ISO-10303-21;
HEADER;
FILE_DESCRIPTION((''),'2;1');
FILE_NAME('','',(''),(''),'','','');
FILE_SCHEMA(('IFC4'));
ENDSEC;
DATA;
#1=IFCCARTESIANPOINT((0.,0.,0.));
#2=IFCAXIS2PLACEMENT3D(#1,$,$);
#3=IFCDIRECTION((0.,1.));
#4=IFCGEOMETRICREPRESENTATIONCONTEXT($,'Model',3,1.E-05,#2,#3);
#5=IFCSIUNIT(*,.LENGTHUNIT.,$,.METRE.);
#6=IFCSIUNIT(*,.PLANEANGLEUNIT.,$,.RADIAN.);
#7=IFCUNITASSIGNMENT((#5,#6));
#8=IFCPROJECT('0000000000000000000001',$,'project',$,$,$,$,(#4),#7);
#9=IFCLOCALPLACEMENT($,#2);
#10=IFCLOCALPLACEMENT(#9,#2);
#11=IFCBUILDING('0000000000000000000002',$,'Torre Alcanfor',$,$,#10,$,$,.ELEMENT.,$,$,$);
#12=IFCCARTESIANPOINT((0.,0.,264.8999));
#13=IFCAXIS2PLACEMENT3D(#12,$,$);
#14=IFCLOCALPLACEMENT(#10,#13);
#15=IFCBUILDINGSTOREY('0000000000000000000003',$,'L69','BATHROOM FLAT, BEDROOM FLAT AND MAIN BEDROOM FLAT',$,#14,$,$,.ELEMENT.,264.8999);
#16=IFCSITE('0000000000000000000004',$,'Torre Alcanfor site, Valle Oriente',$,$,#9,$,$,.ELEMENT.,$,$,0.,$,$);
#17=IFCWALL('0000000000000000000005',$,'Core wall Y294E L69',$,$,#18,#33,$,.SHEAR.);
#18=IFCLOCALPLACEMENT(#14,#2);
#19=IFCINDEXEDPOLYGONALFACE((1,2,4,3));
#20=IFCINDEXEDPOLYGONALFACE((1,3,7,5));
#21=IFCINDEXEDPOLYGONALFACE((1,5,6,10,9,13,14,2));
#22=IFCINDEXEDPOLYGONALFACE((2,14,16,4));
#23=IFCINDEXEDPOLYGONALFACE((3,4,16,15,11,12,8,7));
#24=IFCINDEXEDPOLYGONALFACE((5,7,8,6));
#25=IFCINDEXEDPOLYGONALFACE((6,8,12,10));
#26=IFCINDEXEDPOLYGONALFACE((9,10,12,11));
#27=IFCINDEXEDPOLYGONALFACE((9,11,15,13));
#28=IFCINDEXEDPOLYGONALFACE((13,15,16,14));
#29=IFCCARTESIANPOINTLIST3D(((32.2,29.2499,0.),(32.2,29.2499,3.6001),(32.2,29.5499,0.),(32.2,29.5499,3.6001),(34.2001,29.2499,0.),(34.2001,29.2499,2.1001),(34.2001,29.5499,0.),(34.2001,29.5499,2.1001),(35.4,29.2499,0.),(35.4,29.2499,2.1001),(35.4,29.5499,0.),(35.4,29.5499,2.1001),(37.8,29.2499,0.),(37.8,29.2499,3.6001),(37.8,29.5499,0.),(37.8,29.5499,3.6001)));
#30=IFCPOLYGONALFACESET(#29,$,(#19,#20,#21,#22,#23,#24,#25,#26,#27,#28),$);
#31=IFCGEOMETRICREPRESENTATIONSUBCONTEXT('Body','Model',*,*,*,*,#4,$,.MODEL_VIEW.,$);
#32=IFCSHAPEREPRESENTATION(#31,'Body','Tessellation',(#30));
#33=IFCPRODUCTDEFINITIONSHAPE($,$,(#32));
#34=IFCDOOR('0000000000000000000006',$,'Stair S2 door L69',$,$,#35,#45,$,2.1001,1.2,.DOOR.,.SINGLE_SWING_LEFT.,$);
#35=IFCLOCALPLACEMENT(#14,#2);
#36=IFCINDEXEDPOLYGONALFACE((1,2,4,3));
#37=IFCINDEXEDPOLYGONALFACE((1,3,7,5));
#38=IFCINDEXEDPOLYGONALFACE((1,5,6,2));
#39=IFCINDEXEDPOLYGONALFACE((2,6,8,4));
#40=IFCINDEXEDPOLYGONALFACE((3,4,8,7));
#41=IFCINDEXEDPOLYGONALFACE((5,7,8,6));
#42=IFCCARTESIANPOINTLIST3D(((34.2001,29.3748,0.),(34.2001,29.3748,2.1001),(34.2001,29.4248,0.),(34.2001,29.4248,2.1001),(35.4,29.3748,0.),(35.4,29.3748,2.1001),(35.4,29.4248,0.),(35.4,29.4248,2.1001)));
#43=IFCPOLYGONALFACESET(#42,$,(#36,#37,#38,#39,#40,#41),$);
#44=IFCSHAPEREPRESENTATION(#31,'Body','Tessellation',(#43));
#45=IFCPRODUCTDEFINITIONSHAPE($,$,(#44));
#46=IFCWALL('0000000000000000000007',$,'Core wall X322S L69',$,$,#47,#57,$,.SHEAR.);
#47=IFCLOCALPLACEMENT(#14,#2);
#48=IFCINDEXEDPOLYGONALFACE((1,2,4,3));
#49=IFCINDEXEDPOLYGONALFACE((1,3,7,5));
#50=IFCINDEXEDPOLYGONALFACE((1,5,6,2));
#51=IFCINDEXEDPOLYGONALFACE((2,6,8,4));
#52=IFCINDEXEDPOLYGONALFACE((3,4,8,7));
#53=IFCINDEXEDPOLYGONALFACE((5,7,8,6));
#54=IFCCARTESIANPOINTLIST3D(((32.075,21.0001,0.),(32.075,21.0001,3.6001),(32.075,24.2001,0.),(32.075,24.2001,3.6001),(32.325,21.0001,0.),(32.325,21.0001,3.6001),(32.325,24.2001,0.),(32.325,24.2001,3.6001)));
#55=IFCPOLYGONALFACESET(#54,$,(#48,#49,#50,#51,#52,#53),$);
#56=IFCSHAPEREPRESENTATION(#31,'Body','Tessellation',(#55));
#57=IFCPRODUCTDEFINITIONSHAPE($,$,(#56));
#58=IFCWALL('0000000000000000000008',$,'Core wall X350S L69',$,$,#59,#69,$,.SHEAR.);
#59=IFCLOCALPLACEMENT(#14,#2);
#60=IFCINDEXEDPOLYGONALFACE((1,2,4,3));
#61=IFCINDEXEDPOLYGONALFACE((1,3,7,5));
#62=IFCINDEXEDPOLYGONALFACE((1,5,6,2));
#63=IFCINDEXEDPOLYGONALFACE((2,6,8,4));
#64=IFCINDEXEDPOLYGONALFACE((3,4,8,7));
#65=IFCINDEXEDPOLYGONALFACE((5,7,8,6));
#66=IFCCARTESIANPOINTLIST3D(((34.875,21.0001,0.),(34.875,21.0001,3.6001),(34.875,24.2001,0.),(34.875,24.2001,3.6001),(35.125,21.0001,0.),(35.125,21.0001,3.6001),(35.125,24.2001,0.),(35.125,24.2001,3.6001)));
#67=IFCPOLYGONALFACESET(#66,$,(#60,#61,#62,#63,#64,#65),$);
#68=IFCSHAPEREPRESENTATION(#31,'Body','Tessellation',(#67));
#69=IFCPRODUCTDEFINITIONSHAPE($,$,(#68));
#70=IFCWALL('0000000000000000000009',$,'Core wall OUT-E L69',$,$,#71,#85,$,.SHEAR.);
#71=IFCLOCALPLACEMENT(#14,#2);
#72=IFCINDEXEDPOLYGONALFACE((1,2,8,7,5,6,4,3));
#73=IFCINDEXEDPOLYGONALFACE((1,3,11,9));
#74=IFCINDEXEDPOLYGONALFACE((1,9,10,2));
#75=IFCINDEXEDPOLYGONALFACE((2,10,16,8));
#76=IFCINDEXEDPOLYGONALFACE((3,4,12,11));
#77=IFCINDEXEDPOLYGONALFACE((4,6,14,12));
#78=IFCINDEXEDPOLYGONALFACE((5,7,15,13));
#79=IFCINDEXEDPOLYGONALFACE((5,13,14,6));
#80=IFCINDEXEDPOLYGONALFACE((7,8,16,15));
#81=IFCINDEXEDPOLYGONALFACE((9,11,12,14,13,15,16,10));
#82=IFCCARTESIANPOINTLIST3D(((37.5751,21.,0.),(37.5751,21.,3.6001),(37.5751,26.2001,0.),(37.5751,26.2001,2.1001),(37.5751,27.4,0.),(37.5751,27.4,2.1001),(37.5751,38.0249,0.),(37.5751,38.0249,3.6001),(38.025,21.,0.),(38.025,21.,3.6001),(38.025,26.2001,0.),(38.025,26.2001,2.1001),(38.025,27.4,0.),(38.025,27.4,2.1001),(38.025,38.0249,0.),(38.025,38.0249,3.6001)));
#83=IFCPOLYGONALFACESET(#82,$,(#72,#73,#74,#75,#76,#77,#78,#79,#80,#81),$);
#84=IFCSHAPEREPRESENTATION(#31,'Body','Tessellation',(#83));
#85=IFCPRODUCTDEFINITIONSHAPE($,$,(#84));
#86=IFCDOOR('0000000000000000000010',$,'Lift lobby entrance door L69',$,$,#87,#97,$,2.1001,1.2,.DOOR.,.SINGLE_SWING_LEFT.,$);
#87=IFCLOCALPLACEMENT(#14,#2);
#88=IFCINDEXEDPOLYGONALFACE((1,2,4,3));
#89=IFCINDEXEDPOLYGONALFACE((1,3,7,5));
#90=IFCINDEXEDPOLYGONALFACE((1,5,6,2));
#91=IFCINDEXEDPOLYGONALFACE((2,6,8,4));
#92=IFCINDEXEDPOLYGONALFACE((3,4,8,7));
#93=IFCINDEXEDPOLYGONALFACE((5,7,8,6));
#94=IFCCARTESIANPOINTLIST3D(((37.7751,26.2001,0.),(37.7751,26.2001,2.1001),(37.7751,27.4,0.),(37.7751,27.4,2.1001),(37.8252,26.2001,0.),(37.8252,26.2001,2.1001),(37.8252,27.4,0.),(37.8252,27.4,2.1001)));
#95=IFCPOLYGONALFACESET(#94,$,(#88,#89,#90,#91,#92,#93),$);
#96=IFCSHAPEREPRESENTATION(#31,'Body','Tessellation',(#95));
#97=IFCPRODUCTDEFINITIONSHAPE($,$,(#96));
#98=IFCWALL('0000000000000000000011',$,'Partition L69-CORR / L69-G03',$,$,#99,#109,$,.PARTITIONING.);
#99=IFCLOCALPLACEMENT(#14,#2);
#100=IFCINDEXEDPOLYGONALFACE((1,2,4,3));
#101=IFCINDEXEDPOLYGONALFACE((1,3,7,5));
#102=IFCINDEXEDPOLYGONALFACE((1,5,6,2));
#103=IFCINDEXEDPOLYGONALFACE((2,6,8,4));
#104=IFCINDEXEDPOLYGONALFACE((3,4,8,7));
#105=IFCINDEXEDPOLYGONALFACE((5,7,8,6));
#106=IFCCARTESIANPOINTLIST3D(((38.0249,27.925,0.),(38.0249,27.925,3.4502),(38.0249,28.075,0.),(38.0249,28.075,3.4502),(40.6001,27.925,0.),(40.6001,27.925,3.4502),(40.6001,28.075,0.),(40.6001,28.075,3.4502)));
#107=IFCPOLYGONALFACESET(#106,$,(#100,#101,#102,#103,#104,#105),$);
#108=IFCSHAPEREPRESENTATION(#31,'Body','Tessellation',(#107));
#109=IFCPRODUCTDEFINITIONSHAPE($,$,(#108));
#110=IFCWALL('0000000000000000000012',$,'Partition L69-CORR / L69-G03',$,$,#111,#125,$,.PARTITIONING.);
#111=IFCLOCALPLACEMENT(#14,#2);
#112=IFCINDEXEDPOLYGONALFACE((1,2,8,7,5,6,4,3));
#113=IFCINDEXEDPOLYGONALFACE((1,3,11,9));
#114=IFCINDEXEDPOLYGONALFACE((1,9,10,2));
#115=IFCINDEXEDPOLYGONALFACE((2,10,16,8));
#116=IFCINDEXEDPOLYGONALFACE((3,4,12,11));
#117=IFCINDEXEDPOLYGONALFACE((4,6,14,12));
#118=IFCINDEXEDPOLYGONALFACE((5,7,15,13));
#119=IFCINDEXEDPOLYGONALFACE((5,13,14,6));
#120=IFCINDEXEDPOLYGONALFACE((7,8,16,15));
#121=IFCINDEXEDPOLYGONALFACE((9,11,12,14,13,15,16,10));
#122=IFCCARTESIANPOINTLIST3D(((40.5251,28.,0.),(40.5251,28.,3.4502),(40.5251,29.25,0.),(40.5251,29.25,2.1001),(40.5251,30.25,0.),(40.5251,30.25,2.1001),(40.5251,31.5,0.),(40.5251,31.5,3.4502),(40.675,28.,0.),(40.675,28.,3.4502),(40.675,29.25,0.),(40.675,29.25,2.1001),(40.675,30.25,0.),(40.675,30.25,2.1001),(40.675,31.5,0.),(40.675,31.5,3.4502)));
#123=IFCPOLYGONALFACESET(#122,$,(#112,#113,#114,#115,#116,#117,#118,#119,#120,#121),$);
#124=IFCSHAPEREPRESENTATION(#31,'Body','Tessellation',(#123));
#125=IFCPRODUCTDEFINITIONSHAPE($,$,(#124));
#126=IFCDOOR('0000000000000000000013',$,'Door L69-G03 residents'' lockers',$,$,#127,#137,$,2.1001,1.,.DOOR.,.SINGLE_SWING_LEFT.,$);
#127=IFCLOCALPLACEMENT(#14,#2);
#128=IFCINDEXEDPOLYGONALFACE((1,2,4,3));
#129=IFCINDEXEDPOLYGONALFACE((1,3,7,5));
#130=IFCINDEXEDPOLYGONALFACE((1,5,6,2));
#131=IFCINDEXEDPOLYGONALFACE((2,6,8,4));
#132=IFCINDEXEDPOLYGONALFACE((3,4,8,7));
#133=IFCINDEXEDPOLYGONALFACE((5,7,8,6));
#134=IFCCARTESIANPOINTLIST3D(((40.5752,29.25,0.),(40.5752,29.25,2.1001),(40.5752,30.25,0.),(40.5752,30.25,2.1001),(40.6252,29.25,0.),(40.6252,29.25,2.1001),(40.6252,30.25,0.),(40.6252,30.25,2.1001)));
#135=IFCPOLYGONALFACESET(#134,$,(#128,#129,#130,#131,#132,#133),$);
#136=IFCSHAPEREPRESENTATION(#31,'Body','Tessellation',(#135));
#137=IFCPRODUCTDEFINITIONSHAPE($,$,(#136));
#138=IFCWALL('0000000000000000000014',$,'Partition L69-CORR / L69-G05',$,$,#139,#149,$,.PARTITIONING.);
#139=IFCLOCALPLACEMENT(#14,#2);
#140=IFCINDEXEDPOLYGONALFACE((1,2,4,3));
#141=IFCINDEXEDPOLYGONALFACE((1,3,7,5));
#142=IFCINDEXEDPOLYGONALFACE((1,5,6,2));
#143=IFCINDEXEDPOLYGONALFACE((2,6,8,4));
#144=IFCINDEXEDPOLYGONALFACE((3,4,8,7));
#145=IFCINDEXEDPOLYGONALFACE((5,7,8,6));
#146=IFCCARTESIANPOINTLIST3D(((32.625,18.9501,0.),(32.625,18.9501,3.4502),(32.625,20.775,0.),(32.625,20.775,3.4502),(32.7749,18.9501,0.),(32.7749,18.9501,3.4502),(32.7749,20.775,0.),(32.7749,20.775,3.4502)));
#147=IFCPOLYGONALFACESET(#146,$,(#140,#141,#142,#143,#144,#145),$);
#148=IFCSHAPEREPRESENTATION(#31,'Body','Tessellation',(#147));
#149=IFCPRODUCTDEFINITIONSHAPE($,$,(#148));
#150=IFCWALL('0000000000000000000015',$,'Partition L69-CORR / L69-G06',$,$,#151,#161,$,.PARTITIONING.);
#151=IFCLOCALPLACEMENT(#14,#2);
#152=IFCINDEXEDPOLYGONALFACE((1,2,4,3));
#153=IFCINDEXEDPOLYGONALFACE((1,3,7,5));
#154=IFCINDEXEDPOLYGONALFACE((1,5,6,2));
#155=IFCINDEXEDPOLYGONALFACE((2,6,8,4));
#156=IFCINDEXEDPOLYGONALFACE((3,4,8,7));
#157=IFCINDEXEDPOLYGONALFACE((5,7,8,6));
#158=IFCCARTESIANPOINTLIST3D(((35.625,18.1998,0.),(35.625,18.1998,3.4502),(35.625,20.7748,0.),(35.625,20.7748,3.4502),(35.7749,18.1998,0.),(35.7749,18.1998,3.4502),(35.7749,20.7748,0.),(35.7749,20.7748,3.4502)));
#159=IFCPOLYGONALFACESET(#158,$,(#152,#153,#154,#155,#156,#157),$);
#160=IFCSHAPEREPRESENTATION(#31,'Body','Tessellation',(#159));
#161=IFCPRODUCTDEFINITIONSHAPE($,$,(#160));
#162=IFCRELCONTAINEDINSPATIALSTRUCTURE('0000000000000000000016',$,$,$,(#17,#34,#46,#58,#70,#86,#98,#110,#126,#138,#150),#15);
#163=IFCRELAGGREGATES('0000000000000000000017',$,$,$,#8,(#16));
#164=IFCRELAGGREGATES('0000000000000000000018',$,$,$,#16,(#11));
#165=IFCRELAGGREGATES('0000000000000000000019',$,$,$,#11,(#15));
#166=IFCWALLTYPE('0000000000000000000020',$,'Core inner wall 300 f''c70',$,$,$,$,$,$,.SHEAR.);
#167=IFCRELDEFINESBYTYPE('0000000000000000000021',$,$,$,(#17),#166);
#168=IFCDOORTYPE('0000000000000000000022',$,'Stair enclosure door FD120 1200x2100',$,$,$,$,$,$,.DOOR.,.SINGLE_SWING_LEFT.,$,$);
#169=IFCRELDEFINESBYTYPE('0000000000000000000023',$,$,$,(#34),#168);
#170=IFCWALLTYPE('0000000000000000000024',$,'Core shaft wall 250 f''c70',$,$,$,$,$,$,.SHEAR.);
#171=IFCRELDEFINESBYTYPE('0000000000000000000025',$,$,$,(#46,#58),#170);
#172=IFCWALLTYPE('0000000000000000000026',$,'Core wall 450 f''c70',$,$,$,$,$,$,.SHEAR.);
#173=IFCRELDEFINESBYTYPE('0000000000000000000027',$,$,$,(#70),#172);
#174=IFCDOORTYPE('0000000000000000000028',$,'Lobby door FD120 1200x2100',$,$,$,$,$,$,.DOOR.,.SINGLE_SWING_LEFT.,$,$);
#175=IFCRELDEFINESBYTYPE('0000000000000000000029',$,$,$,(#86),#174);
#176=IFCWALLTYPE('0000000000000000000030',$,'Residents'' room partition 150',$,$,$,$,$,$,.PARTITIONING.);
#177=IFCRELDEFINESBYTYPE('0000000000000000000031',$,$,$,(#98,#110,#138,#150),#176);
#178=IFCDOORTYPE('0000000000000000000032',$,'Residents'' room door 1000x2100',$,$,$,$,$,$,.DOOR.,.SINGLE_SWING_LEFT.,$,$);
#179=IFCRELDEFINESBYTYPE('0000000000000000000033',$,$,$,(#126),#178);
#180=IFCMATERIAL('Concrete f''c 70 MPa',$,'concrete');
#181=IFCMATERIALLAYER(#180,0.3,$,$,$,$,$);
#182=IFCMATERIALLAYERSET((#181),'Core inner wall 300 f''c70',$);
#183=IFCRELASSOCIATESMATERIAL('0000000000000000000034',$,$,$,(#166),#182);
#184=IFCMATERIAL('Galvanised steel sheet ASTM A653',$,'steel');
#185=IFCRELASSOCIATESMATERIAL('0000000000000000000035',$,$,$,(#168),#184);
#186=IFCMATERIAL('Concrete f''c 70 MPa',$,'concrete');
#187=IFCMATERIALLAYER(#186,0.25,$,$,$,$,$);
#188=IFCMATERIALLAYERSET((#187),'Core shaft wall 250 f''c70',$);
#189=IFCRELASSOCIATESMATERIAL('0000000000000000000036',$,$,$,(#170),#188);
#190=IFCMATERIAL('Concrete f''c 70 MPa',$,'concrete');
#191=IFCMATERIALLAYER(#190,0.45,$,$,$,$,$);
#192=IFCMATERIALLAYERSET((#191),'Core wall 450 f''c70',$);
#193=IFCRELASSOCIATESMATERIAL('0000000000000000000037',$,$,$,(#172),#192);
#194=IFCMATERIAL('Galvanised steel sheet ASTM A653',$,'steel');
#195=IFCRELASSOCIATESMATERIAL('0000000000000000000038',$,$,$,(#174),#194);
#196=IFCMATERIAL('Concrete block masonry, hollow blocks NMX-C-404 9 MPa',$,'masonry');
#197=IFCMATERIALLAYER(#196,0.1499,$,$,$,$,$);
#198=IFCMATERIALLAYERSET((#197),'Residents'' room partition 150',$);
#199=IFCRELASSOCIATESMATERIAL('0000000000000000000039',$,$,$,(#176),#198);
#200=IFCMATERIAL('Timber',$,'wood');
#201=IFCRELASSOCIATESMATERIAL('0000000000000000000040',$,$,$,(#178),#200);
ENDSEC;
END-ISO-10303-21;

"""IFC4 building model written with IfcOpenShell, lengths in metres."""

from ifc_helpers import new_model, si_unit, direction, frame, frame_2d, origin, place, context, subcontext, project, spatial, rectangle, extrude, material, layer, layer_set, type_object, element, fill, save


model = new_model("IFC4")

# Units and contexts
model_context = context("Model", 3, precision=1e-05, world=origin(), true_north=direction((0.0, 1.0)))
body_context = subcontext(model_context, "Body", "Model", "MODEL_VIEW")
ifc_project = project(units=[si_unit("LENGTHUNIT", "METRE"), si_unit("PLANEANGLEUNIT", "RADIAN")], contexts=[model_context])

# Site, building, storey
site_placement = place(None, origin())
site = spatial("IfcSite", under=ifc_project, at=site_placement, Name="Torre Alcanfor site, Valle Oriente", CompositionType="ELEMENT", RefElevation=0.0)
building_placement = place(site_placement, origin())
building = spatial("IfcBuilding", under=site, at=building_placement, Name="Torre Alcanfor", CompositionType="ELEMENT")
storey_placement = place(building_placement, frame((0.0, 0.0, 264.8999)))
storey = spatial("IfcBuildingStorey", under=building, at=storey_placement, Name="L69", Description="BATHROOM FLAT, BEDROOM FLAT AND MAIN BEDROOM FLAT", CompositionType="ELEMENT", Elevation=264.8999)

# Shared definitions
ifc_material_1 = material(Name="Concrete f'c 70 MPa", Category="concrete")
ifc_layer_1 = layer(ifc_material_1, 0.3)
ifc_layer_set_1 = layer_set([ifc_layer_1], Name="Core inner wall 300 f'c70")
wall_type_1 = type_object("IfcWallType", Name="Core inner wall 300 f'c70", PredefinedType="SHEAR", material=ifc_layer_set_1)

# Wall, opening, door
wall_1_placement = place(storey_placement, frame((32.2, 29.3999, 0.0), z_axis=(0.0, 0.0, 1.0), x_axis=(1.0, 0.0, 0.0)))
wall_1 = element("IfcWall", 1, at=wall_1_placement, inside=storey, type_object=wall_type_1, Name="Core wall Y294E L69", PredefinedType="SHEAR", context=body_context, shape_type="SweptSolid", body=[
    extrude(rectangle(XDim=5.6001, YDim=0.3, at=frame_2d((2.8, 0.0))), origin(), (0.0, 0.0, 1.0), 3.6001),
])
opening_1_placement = place(wall_1_placement, frame((2.0, 0.0, 0.0)))
opening_1 = element("IfcOpeningElement", 2, at=opening_1_placement, cuts=wall_1, PredefinedType="OPENING", context=body_context, shape_type="SweptSolid", body=[
    extrude(rectangle(XDim=1.2, YDim=2.1001, at=frame_2d((0.6001, 1.05))), frame((0.0, 0.1599, 0.0), z_axis=(0.0, -1.0, 0.0), x_axis=(1.0, 0.0, 0.0)), (0.0, 0.0, 1.0), 0.3201),
])
ifc_material_2 = material(Name="Galvanised steel sheet ASTM A653", Category="steel")
door_type_1 = type_object("IfcDoorType", Name="Stair enclosure door FD120 1200x2100", OperationType="SINGLE_SWING_LEFT", PredefinedType="DOOR", material=ifc_material_2)
door_1_placement = place(opening_1_placement, origin())
door_1 = element("IfcDoor", 3, at=door_1_placement, inside=storey, type_object=door_type_1, Name="Stair S2 door L69", OperationType="SINGLE_SWING_LEFT", OverallHeight=2.1001, OverallWidth=1.2, PredefinedType="DOOR", context=body_context, shape_type="SweptSolid", body=[
    extrude(rectangle(XDim=1.2, YDim=2.1001, at=frame_2d((0.6001, 1.05))), frame((0.0, 0.0249, 0.0), z_axis=(0.0, -1.0, 0.0), x_axis=(1.0, 0.0, 0.0)), (0.0, 0.0, 1.0), 0.05),
])
fill(opening_1, door_1)

# Walls
ifc_material_3 = material(Name="Concrete f'c 70 MPa", Category="concrete")
ifc_layer_2 = layer(ifc_material_3, 0.25)
ifc_layer_set_2 = layer_set([ifc_layer_2], Name="Core shaft wall 250 f'c70")
wall_type_2 = type_object("IfcWallType", Name="Core shaft wall 250 f'c70", PredefinedType="SHEAR", material=ifc_layer_set_2)
for number, where, z_axis, x_axis, name in (
    (4, (32.2, 21.0, 0.0), (0.0, 0.0, 1.0), (0.0, 1.0, 0.0), "Core wall X322S L69"),
    (5, (35.0, 21.0, 0.0), (0.0, 0.0, 1.0), (0.0, 1.0, 0.0), "Core wall X350S L69"),
):
    element("IfcWall", number, at=place(storey_placement, frame(where, z_axis=z_axis, x_axis=x_axis)), inside=storey, type_object=wall_type_2, Name=name, PredefinedType="SHEAR", context=body_context, shape_type="SweptSolid", body=[
        extrude(rectangle(XDim=3.2, YDim=0.25, at=frame_2d((1.6001, 0.0))), origin(), (0.0, 0.0, 1.0), 3.6001),
    ])

# Wall, opening, door
ifc_material_4 = material(Name="Concrete f'c 70 MPa", Category="concrete")
ifc_layer_3 = layer(ifc_material_4, 0.45)
ifc_layer_set_3 = layer_set([ifc_layer_3], Name="Core wall 450 f'c70")
wall_type_3 = type_object("IfcWallType", Name="Core wall 450 f'c70", PredefinedType="SHEAR", material=ifc_layer_set_3)
wall_2_placement = place(storey_placement, frame((37.8, 21.0, 0.0), z_axis=(0.0, 0.0, 1.0), x_axis=(0.0, 1.0, 0.0)))
wall_2 = element("IfcWall", 6, at=wall_2_placement, inside=storey, type_object=wall_type_3, Name="Core wall OUT-E L69", PredefinedType="SHEAR", context=body_context, shape_type="SweptSolid", body=[
    extrude(rectangle(XDim=17.0249, YDim=0.45, at=frame_2d((8.5125, 0.0))), origin(), (0.0, 0.0, 1.0), 3.6001),
])
opening_2_placement = place(wall_2_placement, frame((5.2, 0.0, 0.0)))
opening_2 = element("IfcOpeningElement", 7, at=opening_2_placement, cuts=wall_2, PredefinedType="OPENING", context=body_context, shape_type="SweptSolid", body=[
    extrude(rectangle(XDim=1.2, YDim=2.1001, at=frame_2d((0.6001, 1.05))), frame((0.0, 0.2349, 0.0), z_axis=(0.0, -1.0, 0.0), x_axis=(1.0, 0.0, 0.0)), (0.0, 0.0, 1.0), 0.47),
])
ifc_material_5 = material(Name="Galvanised steel sheet ASTM A653", Category="steel")
door_type_2 = type_object("IfcDoorType", Name="Lobby door FD120 1200x2100", OperationType="SINGLE_SWING_LEFT", PredefinedType="DOOR", material=ifc_material_5)
door_2_placement = place(opening_2_placement, origin())
door_2 = element("IfcDoor", 8, at=door_2_placement, inside=storey, type_object=door_type_2, Name="Lift lobby entrance door L69", OperationType="SINGLE_SWING_LEFT", OverallHeight=2.1001, OverallWidth=1.2, PredefinedType="DOOR", context=body_context, shape_type="SweptSolid", body=[
    extrude(rectangle(XDim=1.2, YDim=2.1001, at=frame_2d((0.6001, 1.05))), frame((0.0, 0.0249, 0.0), z_axis=(0.0, -1.0, 0.0), x_axis=(1.0, 0.0, 0.0)), (0.0, 0.0, 1.0), 0.05),
])
fill(opening_2, door_2)

# Wall
ifc_material_6 = material(Name="Concrete block masonry, hollow blocks NMX-C-404 9 MPa", Category="masonry")
ifc_layer_4 = layer(ifc_material_6, 0.1499)
ifc_layer_set_4 = layer_set([ifc_layer_4], Name="Residents' room partition 150")
wall_type_4 = type_object("IfcWallType", Name="Residents' room partition 150", PredefinedType="PARTITIONING", material=ifc_layer_set_4)
wall_3_placement = place(storey_placement, frame((38.0249, 28.0, 0.0), z_axis=(0.0, 0.0, 1.0), x_axis=(1.0, 0.0, 0.0)))
element("IfcWall", 9, at=wall_3_placement, inside=storey, type_object=wall_type_4, Name="Partition L69-CORR / L69-G03", PredefinedType="PARTITIONING", context=body_context, shape_type="SweptSolid", body=[
    extrude(rectangle(XDim=2.5752, YDim=0.1499, at=frame_2d((1.2876, 0.0))), origin(), (0.0, 0.0, 1.0), 3.4502),
])

# Wall, opening, door
wall_4_placement = place(storey_placement, frame((40.6001, 28.0, 0.0), z_axis=(0.0, 0.0, 1.0), x_axis=(0.0, 1.0, 0.0)))
wall_4 = element("IfcWall", 10, at=wall_4_placement, inside=storey, type_object=wall_type_4, Name="Partition L69-CORR / L69-G03", PredefinedType="PARTITIONING", context=body_context, shape_type="SweptSolid", body=[
    extrude(rectangle(XDim=3.5, YDim=0.1499, at=frame_2d((1.75, 0.0))), origin(), (0.0, 0.0, 1.0), 3.4502),
])
opening_3_placement = place(wall_4_placement, frame((1.25, 0.0, 0.0)))
opening_3 = element("IfcOpeningElement", 11, at=opening_3_placement, cuts=wall_4, PredefinedType="OPENING", context=body_context, shape_type="SweptSolid", body=[
    extrude(rectangle(XDim=1.0, YDim=2.1001, at=frame_2d((0.5, 1.05))), frame((0.0, 0.085, 0.0), z_axis=(0.0, -1.0, 0.0), x_axis=(1.0, 0.0, 0.0)), (0.0, 0.0, 1.0), 0.1699),
])
ifc_material_7 = material(Name="Timber", Category="wood")
door_type_3 = type_object("IfcDoorType", Name="Residents' room door 1000x2100", OperationType="SINGLE_SWING_LEFT", PredefinedType="DOOR", material=ifc_material_7)
door_3_placement = place(opening_3_placement, origin())
door_3 = element("IfcDoor", 12, at=door_3_placement, inside=storey, type_object=door_type_3, Name="Door L69-G03 residents' lockers", OperationType="SINGLE_SWING_LEFT", OverallHeight=2.1001, OverallWidth=1.0, PredefinedType="DOOR", context=body_context, shape_type="SweptSolid", body=[
    extrude(rectangle(XDim=1.0, YDim=2.1001, at=frame_2d((0.5, 1.05))), frame((0.0, 0.0249, 0.0), z_axis=(0.0, -1.0, 0.0), x_axis=(1.0, 0.0, 0.0)), (0.0, 0.0, 1.0), 0.05),
])
fill(opening_3, door_3)

# Walls
wall_5_placement = place(storey_placement, frame((32.7, 18.95, 0.0), z_axis=(0.0, 0.0, 1.0), x_axis=(0.0, 1.0, 0.0)))
element("IfcWall", 13, at=wall_5_placement, inside=storey, type_object=wall_type_4, Name="Partition L69-CORR / L69-G05", PredefinedType="PARTITIONING", context=body_context, shape_type="SweptSolid", body=[
    extrude(rectangle(XDim=1.825, YDim=0.1499, at=frame_2d((0.9126, 0.0))), origin(), (0.0, 0.0, 1.0), 3.4502),
])
wall_6_placement = place(storey_placement, frame((35.7, 20.7749, 0.0), z_axis=(0.0, 0.0, 1.0), x_axis=(0.0, -1.0, 0.0)))
element("IfcWall", 14, at=wall_6_placement, inside=storey, type_object=wall_type_4, Name="Partition L69-CORR / L69-G06", PredefinedType="PARTITIONING", context=body_context, shape_type="SweptSolid", body=[
    extrude(rectangle(XDim=2.575, YDim=0.1499, at=frame_2d((1.2876, 0.0))), origin(), (0.0, 0.0, 1.0), 3.4502),
])

save(model, "model.ifc")
